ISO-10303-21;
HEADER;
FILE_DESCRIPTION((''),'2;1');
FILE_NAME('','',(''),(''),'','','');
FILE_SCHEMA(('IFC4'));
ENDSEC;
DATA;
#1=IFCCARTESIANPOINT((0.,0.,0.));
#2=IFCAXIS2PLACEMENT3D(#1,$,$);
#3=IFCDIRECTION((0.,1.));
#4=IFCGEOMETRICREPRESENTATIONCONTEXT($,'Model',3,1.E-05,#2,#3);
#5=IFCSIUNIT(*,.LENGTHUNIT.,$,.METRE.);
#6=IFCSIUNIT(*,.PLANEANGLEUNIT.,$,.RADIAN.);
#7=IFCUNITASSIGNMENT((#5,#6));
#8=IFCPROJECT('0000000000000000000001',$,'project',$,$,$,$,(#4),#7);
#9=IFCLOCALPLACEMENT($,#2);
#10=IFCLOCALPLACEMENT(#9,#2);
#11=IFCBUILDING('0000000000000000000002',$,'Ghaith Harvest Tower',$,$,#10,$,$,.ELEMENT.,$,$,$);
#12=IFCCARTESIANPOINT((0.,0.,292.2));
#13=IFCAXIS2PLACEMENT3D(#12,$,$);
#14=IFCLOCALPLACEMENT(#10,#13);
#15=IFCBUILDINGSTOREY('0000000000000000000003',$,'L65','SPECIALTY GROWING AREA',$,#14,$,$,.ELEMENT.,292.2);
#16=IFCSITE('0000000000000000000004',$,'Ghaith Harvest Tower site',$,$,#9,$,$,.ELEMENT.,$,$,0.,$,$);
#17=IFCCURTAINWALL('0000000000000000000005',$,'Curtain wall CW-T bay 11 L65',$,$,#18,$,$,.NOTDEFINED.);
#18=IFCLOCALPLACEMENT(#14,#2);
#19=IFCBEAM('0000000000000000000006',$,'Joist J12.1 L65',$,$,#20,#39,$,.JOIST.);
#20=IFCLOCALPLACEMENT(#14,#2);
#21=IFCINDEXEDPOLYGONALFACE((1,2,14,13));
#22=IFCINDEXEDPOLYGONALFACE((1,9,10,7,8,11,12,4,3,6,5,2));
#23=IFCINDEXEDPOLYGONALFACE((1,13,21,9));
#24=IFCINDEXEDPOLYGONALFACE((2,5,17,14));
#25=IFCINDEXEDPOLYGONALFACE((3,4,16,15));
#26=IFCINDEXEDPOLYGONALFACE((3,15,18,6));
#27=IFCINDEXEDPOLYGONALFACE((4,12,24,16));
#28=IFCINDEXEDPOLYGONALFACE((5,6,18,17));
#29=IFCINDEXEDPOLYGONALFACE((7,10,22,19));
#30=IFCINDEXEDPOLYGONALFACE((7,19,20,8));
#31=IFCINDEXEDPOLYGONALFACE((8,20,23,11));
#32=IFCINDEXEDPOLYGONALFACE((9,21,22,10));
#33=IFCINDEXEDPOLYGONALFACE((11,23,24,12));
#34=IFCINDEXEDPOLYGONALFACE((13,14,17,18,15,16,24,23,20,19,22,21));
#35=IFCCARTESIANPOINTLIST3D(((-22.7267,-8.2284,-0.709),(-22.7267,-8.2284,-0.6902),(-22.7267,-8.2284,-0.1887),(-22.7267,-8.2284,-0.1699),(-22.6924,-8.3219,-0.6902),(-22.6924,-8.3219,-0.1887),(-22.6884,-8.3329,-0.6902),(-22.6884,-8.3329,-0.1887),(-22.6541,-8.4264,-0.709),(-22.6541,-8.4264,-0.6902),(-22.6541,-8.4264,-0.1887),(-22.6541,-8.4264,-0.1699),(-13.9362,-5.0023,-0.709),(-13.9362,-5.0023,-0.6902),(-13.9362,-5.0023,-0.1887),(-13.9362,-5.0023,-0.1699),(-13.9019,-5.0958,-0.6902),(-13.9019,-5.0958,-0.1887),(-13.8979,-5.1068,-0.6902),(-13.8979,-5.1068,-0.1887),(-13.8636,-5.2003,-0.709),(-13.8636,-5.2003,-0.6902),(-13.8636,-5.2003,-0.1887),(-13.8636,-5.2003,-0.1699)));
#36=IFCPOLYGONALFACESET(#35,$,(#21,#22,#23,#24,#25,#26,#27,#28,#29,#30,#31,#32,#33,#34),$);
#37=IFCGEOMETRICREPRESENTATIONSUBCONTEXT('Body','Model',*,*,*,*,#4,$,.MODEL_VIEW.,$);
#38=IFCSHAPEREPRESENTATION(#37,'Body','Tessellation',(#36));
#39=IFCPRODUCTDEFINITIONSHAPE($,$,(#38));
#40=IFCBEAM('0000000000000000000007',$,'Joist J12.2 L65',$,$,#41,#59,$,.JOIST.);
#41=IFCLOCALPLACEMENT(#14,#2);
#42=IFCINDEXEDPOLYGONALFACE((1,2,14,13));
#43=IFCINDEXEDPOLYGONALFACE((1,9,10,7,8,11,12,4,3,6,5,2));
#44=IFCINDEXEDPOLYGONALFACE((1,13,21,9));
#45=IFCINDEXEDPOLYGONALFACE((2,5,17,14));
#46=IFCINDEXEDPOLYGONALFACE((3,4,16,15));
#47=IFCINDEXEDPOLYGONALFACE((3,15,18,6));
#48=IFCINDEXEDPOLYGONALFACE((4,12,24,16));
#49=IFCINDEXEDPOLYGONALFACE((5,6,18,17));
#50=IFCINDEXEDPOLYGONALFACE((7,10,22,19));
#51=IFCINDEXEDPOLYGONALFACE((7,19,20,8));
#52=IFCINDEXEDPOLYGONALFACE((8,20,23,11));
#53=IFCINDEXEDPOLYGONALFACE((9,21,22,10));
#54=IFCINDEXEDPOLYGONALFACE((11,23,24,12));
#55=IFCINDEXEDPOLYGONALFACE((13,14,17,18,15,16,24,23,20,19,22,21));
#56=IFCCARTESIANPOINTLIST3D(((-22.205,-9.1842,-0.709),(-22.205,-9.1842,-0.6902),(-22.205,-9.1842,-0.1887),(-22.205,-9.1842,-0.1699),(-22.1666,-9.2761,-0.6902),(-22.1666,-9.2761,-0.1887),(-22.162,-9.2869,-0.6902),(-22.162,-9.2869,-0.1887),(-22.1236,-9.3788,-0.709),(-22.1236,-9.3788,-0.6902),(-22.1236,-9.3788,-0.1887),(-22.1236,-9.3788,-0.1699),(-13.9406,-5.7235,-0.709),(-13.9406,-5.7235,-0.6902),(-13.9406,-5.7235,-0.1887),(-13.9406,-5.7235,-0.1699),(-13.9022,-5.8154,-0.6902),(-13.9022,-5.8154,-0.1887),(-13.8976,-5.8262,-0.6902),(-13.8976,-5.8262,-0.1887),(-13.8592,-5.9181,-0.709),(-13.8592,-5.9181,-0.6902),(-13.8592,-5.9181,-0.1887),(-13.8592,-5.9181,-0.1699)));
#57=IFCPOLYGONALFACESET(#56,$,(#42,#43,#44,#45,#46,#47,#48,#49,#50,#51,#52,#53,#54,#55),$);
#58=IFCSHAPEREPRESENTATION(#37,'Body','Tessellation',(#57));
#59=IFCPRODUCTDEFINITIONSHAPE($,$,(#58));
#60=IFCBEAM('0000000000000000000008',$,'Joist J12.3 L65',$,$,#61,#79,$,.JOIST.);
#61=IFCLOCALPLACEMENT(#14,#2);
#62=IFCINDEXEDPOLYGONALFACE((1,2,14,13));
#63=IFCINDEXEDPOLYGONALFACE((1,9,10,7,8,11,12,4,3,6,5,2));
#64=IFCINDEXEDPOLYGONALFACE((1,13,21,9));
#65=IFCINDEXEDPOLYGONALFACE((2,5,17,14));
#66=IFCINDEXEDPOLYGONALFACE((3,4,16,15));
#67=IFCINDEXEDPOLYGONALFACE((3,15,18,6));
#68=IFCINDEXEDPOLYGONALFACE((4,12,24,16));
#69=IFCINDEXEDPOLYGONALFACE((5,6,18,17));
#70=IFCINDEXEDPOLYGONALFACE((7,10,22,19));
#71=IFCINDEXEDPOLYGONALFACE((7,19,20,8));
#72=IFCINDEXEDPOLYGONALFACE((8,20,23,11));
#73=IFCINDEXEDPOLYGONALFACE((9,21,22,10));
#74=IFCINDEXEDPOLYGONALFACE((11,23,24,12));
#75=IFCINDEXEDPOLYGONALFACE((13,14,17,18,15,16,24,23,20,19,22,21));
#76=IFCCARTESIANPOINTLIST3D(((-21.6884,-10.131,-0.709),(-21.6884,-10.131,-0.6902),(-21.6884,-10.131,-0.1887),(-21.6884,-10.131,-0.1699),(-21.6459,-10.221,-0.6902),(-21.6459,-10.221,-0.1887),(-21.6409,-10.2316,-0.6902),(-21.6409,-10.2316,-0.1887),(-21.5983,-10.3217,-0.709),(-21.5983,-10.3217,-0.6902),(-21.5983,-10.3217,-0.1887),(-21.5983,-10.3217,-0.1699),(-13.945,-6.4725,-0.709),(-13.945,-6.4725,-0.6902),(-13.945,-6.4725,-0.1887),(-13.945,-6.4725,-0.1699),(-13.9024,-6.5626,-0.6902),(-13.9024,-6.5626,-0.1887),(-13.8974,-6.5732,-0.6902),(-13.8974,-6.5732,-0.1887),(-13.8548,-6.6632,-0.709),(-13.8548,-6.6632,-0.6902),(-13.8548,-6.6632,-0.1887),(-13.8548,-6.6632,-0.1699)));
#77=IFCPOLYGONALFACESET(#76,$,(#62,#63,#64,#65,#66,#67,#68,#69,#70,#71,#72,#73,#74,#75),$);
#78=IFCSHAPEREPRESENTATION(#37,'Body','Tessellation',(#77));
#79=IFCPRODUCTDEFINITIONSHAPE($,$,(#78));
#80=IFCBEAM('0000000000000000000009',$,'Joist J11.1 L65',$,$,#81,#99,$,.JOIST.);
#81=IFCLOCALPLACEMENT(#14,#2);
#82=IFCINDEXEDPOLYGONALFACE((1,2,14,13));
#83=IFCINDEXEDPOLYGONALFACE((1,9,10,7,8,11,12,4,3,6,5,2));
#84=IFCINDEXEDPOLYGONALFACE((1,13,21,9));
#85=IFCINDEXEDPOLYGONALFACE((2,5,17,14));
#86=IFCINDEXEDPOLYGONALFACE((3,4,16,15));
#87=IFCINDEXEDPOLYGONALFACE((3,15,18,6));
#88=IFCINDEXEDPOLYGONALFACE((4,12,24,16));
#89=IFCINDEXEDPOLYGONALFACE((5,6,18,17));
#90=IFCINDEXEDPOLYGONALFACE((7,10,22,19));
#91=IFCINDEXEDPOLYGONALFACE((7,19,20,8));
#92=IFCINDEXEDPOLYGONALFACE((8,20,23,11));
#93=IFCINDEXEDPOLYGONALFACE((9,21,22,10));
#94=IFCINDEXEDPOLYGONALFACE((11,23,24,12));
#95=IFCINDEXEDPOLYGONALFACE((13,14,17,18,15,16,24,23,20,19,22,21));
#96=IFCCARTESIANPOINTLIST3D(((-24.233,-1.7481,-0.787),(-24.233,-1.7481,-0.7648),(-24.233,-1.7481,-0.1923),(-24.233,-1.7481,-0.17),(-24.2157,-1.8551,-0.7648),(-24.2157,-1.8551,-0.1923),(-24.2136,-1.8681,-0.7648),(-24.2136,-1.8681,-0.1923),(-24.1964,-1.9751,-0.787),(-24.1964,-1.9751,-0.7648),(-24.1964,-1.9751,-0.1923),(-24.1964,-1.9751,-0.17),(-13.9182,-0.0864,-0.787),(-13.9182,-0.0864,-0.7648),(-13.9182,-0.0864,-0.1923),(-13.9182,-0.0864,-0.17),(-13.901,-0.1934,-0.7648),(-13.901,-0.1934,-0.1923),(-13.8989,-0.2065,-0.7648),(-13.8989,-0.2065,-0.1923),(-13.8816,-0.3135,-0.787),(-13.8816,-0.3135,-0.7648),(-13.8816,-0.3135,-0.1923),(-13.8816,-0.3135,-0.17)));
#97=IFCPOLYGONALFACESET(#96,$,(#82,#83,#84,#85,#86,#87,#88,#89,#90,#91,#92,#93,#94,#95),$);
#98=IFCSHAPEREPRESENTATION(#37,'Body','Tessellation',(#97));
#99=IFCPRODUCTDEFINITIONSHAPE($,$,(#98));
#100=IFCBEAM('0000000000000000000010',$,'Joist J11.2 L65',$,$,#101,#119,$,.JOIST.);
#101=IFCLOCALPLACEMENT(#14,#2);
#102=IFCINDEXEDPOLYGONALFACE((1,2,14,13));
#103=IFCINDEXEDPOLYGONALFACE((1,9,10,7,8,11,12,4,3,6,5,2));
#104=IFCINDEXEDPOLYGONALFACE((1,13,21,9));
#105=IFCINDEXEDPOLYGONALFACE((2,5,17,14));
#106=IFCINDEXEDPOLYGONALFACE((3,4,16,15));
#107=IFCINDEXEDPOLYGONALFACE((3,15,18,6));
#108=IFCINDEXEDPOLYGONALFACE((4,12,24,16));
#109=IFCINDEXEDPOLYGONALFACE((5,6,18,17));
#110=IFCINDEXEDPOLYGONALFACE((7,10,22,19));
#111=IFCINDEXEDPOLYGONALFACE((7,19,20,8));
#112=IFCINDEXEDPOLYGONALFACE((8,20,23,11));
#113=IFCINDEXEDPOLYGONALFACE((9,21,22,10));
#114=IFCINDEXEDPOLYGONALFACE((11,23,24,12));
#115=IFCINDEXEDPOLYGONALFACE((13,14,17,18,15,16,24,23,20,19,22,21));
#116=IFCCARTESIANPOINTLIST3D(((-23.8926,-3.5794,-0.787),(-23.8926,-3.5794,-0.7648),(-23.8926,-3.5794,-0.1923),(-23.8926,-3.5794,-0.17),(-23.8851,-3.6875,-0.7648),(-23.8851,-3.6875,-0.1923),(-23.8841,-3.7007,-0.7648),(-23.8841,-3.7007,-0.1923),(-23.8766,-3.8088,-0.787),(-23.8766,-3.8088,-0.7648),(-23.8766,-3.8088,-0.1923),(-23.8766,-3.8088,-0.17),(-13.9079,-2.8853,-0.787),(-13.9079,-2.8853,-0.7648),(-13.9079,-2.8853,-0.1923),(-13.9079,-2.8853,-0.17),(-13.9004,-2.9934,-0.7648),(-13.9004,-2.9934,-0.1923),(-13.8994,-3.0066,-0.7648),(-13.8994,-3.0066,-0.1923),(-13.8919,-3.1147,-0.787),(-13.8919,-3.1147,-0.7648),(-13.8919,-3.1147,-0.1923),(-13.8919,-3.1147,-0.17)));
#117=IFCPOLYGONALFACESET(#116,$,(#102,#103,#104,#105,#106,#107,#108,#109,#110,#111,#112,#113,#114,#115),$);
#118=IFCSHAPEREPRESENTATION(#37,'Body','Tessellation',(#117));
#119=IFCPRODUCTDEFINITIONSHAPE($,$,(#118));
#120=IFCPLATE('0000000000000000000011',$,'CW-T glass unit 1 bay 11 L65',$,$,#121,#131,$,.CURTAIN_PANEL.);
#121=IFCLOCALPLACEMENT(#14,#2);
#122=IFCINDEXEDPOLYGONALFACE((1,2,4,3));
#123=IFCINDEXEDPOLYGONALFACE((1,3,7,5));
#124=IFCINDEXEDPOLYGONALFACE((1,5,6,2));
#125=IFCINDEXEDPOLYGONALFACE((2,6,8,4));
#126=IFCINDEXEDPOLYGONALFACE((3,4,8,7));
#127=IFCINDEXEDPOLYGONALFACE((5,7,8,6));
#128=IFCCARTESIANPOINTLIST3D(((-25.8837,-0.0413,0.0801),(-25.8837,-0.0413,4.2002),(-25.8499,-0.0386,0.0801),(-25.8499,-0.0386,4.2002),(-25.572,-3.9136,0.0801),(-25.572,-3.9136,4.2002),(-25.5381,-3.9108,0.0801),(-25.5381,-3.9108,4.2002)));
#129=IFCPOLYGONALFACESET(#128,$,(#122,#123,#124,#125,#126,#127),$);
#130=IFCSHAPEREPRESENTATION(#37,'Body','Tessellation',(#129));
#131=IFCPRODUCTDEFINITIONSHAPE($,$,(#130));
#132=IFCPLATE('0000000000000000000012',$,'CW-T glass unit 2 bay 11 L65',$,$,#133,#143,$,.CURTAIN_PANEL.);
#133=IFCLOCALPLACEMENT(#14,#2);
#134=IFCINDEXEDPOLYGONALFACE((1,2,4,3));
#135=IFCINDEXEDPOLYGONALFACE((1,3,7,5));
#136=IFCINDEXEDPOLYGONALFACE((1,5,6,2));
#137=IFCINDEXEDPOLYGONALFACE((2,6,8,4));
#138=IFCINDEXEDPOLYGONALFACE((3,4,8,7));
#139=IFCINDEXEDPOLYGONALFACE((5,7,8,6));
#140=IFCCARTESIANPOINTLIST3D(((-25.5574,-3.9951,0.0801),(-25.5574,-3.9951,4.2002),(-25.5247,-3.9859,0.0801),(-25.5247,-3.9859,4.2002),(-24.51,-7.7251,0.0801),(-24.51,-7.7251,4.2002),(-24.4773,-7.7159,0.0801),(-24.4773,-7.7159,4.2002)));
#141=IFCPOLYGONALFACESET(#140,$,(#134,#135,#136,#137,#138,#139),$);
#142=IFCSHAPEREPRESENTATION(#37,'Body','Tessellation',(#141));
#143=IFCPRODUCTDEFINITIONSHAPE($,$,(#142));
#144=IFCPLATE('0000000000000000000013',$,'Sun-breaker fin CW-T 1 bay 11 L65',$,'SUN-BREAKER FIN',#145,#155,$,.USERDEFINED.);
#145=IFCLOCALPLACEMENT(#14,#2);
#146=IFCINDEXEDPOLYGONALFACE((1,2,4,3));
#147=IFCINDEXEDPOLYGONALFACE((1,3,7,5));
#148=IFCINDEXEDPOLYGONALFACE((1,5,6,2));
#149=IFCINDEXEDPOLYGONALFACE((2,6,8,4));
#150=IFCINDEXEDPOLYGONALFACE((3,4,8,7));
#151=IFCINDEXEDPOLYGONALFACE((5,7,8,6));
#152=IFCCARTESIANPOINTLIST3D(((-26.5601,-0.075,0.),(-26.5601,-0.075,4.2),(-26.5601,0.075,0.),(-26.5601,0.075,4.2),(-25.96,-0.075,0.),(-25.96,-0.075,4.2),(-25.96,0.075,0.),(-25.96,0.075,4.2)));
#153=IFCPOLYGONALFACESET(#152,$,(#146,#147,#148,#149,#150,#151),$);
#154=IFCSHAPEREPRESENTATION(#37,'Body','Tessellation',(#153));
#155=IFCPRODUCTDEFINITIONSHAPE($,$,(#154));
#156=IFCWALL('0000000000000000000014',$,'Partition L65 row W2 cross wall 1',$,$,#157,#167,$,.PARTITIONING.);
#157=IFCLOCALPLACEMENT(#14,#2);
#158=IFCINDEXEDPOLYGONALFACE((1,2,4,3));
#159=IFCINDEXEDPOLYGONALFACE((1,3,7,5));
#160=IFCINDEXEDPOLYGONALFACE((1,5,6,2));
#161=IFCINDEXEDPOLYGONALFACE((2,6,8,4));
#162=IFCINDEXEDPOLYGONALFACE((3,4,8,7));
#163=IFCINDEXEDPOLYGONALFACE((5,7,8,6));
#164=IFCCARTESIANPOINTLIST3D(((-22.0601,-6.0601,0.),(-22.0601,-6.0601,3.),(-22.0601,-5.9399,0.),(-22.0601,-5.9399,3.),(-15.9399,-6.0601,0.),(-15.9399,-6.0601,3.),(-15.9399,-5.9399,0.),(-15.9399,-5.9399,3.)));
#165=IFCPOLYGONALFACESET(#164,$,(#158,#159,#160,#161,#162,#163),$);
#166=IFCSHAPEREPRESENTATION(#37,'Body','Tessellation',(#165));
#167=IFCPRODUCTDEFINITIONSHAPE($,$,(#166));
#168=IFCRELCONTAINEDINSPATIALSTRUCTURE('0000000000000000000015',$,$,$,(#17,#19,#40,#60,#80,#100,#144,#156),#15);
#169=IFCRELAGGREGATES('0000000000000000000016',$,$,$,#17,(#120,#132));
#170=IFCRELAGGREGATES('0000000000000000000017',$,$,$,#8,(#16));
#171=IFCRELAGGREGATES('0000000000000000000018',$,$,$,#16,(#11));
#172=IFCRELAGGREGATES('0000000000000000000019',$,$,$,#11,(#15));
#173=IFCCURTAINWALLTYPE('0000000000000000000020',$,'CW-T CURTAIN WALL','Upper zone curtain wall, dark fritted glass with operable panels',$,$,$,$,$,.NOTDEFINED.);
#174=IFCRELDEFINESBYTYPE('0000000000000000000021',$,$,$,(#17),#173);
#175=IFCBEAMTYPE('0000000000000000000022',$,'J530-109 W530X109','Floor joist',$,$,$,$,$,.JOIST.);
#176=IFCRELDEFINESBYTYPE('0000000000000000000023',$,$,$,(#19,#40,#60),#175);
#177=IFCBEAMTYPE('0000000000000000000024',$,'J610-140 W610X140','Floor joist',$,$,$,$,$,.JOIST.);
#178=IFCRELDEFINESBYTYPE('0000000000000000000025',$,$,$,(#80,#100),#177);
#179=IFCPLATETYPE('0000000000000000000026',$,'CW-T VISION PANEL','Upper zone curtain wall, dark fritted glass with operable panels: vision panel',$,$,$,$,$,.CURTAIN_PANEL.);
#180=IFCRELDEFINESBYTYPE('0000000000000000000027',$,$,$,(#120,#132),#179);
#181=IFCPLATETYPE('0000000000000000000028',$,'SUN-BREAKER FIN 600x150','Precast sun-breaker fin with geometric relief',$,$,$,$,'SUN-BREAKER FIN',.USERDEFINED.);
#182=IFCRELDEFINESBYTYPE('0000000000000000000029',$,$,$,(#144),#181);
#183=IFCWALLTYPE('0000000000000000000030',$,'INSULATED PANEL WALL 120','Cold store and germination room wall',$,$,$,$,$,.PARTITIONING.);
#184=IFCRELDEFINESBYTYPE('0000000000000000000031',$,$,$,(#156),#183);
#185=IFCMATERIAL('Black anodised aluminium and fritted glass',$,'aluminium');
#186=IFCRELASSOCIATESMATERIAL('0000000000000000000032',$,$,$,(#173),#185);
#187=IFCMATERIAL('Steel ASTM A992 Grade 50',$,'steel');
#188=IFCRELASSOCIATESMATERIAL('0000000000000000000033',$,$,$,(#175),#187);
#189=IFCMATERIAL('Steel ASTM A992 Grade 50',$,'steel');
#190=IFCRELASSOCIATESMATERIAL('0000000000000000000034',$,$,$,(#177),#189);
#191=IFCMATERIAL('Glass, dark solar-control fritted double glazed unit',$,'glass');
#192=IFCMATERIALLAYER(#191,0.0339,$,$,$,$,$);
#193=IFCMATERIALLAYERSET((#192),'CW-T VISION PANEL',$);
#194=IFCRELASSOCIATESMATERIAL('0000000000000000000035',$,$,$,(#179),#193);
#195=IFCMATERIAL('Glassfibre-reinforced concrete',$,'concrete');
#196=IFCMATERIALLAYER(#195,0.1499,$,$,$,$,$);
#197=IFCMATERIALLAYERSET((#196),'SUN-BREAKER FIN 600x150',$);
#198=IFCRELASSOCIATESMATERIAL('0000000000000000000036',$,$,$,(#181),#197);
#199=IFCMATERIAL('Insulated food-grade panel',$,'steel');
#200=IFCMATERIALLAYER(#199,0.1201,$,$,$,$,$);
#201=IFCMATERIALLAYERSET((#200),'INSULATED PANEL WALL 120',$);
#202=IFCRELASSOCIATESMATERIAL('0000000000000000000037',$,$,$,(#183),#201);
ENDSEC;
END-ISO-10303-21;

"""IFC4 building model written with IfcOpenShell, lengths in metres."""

from ifc_helpers import new_model, si_unit, direction, frame, frame_2d, origin, origin_2d, place, context, subcontext, project, spatial, rectangle, i_section, extrude, material, layer, layer_set, material_profile, profile_set, type_object, element, aggregate, save


model = new_model("IFC4")

# Units and contexts
model_context = context("Model", 3, precision=1e-05, world=origin(), true_north=direction((0.0, 1.0)))
body_context = subcontext(model_context, "Body", "Model", "MODEL_VIEW")
ifc_project = project(units=[si_unit("LENGTHUNIT", "METRE"), si_unit("PLANEANGLEUNIT", "RADIAN")], contexts=[model_context])

# Site, building, storey
site_placement = place(None, origin())
site = spatial("IfcSite", under=ifc_project, at=site_placement, Name="Ghaith Harvest Tower site", CompositionType="ELEMENT", RefElevation=0.0)
building_placement = place(site_placement, origin())
building = spatial("IfcBuilding", under=site, at=building_placement, Name="Ghaith Harvest Tower", CompositionType="ELEMENT")
storey_placement = place(building_placement, frame((0.0, 0.0, 292.2)))
storey = spatial("IfcBuildingStorey", under=building, at=storey_placement, Name="L65", Description="SPECIALTY GROWING AREA", CompositionType="ELEMENT", Elevation=292.2)

# Curtain wall
ifc_material_1 = material(Name="Black anodised aluminium and fritted glass", Category="aluminium")
curtain_wall_type = type_object("IfcCurtainWallType", Name="CW-T CURTAIN WALL", Description="Upper zone curtain wall, dark fritted glass with operable panels", PredefinedType="NOTDEFINED", material=ifc_material_1)
curtain_wall_placement = place(storey_placement, origin())
curtain_wall = element("IfcCurtainWall", 1, at=curtain_wall_placement, inside=storey, type_object=curtain_wall_type, Name="Curtain wall CW-T bay 11 L65", PredefinedType="NOTDEFINED")

# Beams
ifc_material_2 = material(Name="Steel ASTM A992 Grade 50", Category="steel")
ifc_material_profile_1 = material_profile(ifc_material_2, i_section(OverallWidth=0.2109, OverallDepth=0.5391, WebThickness=0.0117, FlangeThickness=0.0188, at=origin_2d()), Name="W530X109")
ifc_profile_set_1 = profile_set([ifc_material_profile_1], Name="Steel ASTM A992 Grade 50")
beam_type_1 = type_object("IfcBeamType", Name="J530-109 W530X109", Description="Floor joist", PredefinedType="JOIST", material=ifc_profile_set_1)
beam_1_placement = place(storey_placement, frame((-13.8999, -5.1013, -0.4395), z_axis=(-0.938777, -0.344526, 0.0), x_axis=(0.344526, -0.938777, 0.0)))
element("IfcBeam", 2, at=beam_1_placement, inside=storey, type_object=beam_type_1, Name="Joist J12.1 L65", PredefinedType="JOIST", context=body_context, shape_type="SweptSolid", body=[
    extrude(i_section(OverallWidth=0.2109, OverallDepth=0.5391, WebThickness=0.0117, FlangeThickness=0.0188, at=origin_2d()), origin(), (0.0, 0.0, 1.0), 9.3638),
])
beam_2_placement = place(storey_placement, frame((-13.8999, -5.8208, -0.4395), z_axis=(-0.922394, -0.38625, 0.0), x_axis=(0.38625, -0.922394, 0.0)))
element("IfcBeam", 3, at=beam_2_placement, inside=storey, type_object=beam_type_1, Name="Joist J12.2 L65", PredefinedType="JOIST", context=body_context, shape_type="SweptSolid", body=[
    extrude(i_section(OverallWidth=0.2109, OverallDepth=0.5391, WebThickness=0.0117, FlangeThickness=0.0188, at=origin_2d()), origin(), (0.0, 0.0, 1.0), 8.9597),
])
beam_3_placement = place(storey_placement, frame((-13.8999, -6.5679, -0.4395), z_axis=(-0.904166, -0.427182, 0.0), x_axis=(0.427182, -0.904166, 0.0)))
element("IfcBeam", 4, at=beam_3_placement, inside=storey, type_object=beam_type_1, Name="Joist J12.3 L65", PredefinedType="JOIST", context=body_context, shape_type="SweptSolid", body=[
    extrude(i_section(OverallWidth=0.2109, OverallDepth=0.5391, WebThickness=0.0117, FlangeThickness=0.0188, at=origin_2d()), origin(), (0.0, 0.0, 1.0), 8.5642),
])
ifc_material_3 = material(Name="Steel ASTM A992 Grade 50", Category="steel")
ifc_material_profile_2 = material_profile(ifc_material_3, i_section(OverallWidth=0.23, OverallDepth=0.6169, WebThickness=0.0132, FlangeThickness=0.0222, at=origin_2d()), Name="W610X140")
ifc_profile_set_2 = profile_set([ifc_material_profile_2], Name="Steel ASTM A992 Grade 50")
beam_type_2 = type_object("IfcBeamType", Name="J610-140 W610X140", Description="Floor joist", PredefinedType="JOIST", material=ifc_profile_set_2)
beam_4_placement = place(storey_placement, frame((-13.8999, -0.2, -0.4785), z_axis=(-0.987272, -0.159042, 0.0), x_axis=(0.159042, -0.987272, 0.0)))
element("IfcBeam", 5, at=beam_4_placement, inside=storey, type_object=beam_type_2, Name="Joist J11.1 L65", PredefinedType="JOIST", context=body_context, shape_type="SweptSolid", body=[
    extrude(i_section(OverallWidth=0.23, OverallDepth=0.6169, WebThickness=0.0132, FlangeThickness=0.0222, at=origin_2d()), origin(), (0.0, 0.0, 1.0), 10.4478),
])
beam_5_placement = place(storey_placement, frame((-13.8999, -3.0, -0.4785), z_axis=(-0.997592, -0.069349, 0.0), x_axis=(0.069349, -0.997592, 0.0)))
element("IfcBeam", 6, at=beam_5_placement, inside=storey, type_object=beam_type_2, Name="Joist J11.2 L65", PredefinedType="JOIST", context=body_context, shape_type="SweptSolid", body=[
    extrude(i_section(OverallWidth=0.23, OverallDepth=0.6169, WebThickness=0.0132, FlangeThickness=0.0222, at=origin_2d()), origin(), (0.0, 0.0, 1.0), 10.0088),
])

# Plates
ifc_material_4 = material(Name="Glass, dark solar-control fritted double glazed unit", Category="glass")
ifc_layer_1 = layer(ifc_material_4, 0.0339)
ifc_layer_set_1 = layer_set([ifc_layer_1], Name="CW-T VISION PANEL")
plate_type_1 = type_object("IfcPlateType", Name="CW-T VISION PANEL", Description="Upper zone curtain wall, dark fritted glass with operable panels: vision panel", PredefinedType="CURTAIN_PANEL", material=ifc_layer_set_1)
plate_1_placement = place(storey_placement, frame((-25.7109, -1.9761, 0.0801), z_axis=(0.0, 0.0, 1.0), x_axis=(0.080258, -0.996774, 0.0)))
plate_1 = element("IfcPlate", 7, at=plate_1_placement, type_object=plate_type_1, Name="CW-T glass unit 1 bay 11 L65", PredefinedType="CURTAIN_PANEL", context=body_context, shape_type="SweptSolid", body=[
    extrude(rectangle(XDim=3.8848, YDim=0.0339, at=origin_2d()), origin(), (0.0, 0.0, 1.0), 4.1201),
])
plate_2_placement = place(storey_placement, frame((-25.0173, -5.8555, 0.0801), z_axis=(0.0, 0.0, 1.0), x_axis=(0.270355, -0.962761, 0.0)))
plate_2 = element("IfcPlate", 8, at=plate_2_placement, type_object=plate_type_1, Name="CW-T glass unit 2 bay 11 L65", PredefinedType="CURTAIN_PANEL", context=body_context, shape_type="SweptSolid", body=[
    extrude(rectangle(XDim=3.8743, YDim=0.0339, at=origin_2d()), origin(), (0.0, 0.0, 1.0), 4.1201),
])
aggregate(curtain_wall, [plate_1, plate_2])
ifc_material_5 = material(Name="Glassfibre-reinforced concrete", Category="concrete")
ifc_layer_2 = layer(ifc_material_5, 0.1499)
ifc_layer_set_2 = layer_set([ifc_layer_2], Name="SUN-BREAKER FIN 600x150")
plate_type_2 = type_object("IfcPlateType", Name="SUN-BREAKER FIN 600x150", Description="Precast sun-breaker fin with geometric relief", ElementType="SUN-BREAKER FIN", PredefinedType="USERDEFINED", material=ifc_layer_set_2)
plate_3_placement = place(storey_placement, frame((-26.26, 0.0, 0.0), z_axis=(0.0, 0.0, 1.0), x_axis=(-1.0, 0.0, 0.0)))
element("IfcPlate", 9, at=plate_3_placement, inside=storey, type_object=plate_type_2, Name="Sun-breaker fin CW-T 1 bay 11 L65", ObjectType="SUN-BREAKER FIN", PredefinedType="USERDEFINED", context=body_context, shape_type="SweptSolid", body=[
    extrude(rectangle(XDim=0.6001, YDim=0.1499, at=origin_2d()), origin(), (0.0, 0.0, 1.0), 4.2),
])

# Wall
ifc_material_6 = material(Name="Insulated food-grade panel", Category="steel")
ifc_layer_3 = layer(ifc_material_6, 0.1201)
ifc_layer_set_3 = layer_set([ifc_layer_3], Name="INSULATED PANEL WALL 120")
wall_type_1 = type_object("IfcWallType", Name="INSULATED PANEL WALL 120", Description="Cold store and germination room wall", PredefinedType="PARTITIONING", material=ifc_layer_set_3)
wall_1_placement = place(storey_placement, frame((-15.9399, -6.0, 0.0), z_axis=(0.0, 0.0, 1.0), x_axis=(-1.0, 0.0, 0.0)))
element("IfcWall", 10, at=wall_1_placement, inside=storey, type_object=wall_type_1, Name="Partition L65 row W2 cross wall 1", PredefinedType="PARTITIONING", context=body_context, shape_type="SweptSolid", body=[
    extrude(rectangle(XDim=6.1201, YDim=0.1201, at=frame_2d((3.0601, 0.0))), origin(), (0.0, 0.0, 1.0), 3.0),
])

save(model, "model.ifc")
